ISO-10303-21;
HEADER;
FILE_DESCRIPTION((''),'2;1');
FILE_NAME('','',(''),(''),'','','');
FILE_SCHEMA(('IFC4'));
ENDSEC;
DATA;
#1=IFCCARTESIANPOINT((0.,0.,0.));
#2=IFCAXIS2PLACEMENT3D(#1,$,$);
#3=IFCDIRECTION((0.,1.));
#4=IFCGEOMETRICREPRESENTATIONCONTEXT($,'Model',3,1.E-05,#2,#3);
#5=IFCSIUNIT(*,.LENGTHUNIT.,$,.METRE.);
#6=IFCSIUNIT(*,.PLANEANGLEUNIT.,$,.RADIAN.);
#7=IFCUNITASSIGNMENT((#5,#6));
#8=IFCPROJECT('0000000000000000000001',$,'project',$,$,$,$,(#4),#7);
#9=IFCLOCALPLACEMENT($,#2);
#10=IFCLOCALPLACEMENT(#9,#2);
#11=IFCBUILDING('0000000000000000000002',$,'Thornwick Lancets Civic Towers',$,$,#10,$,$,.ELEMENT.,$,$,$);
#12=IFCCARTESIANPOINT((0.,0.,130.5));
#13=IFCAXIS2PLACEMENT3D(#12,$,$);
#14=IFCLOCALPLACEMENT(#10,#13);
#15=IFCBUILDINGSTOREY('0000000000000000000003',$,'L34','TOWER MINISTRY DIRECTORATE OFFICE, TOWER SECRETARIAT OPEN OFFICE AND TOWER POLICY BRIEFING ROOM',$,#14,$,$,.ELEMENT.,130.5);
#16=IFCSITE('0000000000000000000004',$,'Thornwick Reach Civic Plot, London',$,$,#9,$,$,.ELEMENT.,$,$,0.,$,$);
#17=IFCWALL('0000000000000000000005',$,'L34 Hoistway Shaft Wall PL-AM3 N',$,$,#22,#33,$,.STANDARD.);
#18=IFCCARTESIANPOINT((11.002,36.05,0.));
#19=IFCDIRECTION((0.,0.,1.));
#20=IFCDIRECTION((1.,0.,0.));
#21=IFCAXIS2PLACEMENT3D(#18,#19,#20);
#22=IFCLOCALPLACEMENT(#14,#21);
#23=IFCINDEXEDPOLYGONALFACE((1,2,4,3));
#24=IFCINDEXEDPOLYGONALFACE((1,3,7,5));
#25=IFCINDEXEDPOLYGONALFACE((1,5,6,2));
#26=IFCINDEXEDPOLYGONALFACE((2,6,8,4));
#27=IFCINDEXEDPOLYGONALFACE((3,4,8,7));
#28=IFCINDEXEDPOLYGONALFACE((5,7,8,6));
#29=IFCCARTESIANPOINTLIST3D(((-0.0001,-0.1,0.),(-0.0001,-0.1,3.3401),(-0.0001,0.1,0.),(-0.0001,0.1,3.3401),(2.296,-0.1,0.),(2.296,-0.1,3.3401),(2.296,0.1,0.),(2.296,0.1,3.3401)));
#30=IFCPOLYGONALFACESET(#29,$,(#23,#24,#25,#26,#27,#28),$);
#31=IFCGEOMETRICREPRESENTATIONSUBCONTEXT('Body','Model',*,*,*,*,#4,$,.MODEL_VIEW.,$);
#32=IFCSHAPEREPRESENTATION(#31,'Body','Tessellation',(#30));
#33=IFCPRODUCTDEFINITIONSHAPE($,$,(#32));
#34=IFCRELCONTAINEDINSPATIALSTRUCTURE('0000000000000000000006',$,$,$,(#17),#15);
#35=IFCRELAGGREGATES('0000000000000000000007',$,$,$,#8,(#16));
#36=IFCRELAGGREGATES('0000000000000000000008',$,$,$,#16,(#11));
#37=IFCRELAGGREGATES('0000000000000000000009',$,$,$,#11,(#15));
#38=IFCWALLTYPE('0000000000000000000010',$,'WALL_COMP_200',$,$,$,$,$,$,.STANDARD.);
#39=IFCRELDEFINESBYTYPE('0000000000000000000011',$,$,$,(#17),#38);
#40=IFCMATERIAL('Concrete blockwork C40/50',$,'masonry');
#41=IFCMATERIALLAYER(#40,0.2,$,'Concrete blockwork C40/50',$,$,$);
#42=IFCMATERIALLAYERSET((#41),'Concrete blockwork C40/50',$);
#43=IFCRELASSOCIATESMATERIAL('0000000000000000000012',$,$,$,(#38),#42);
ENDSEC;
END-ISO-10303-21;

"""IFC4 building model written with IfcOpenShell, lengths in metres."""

from ifc_helpers import new_model, si_unit, direction, frame, frame_2d, origin, place, context, subcontext, project, spatial, rectangle, extrude, material, layer, layer_set, type_object, element, save


model = new_model("IFC4")

# Units and contexts
model_context = context("Model", 3, precision=1e-05, world=origin(), true_north=direction((0.0, 1.0)))
body_context = subcontext(model_context, "Body", "Model", "MODEL_VIEW")
ifc_project = project(units=[si_unit("LENGTHUNIT", "METRE"), si_unit("PLANEANGLEUNIT", "RADIAN")], contexts=[model_context])

# Site, building, storey
site_placement = place(None, origin())
site = spatial("IfcSite", under=ifc_project, at=site_placement, Name="Thornwick Reach Civic Plot, London", CompositionType="ELEMENT", RefElevation=0.0)
building_placement = place(site_placement, origin())
building = spatial("IfcBuilding", under=site, at=building_placement, Name="Thornwick Lancets Civic Towers", CompositionType="ELEMENT")
storey_placement = place(building_placement, frame((0.0, 0.0, 130.5)))
storey = spatial("IfcBuildingStorey", under=building, at=storey_placement, Name="L34", Description="TOWER MINISTRY DIRECTORATE OFFICE, TOWER SECRETARIAT OPEN OFFICE AND TOWER POLICY BRIEFING ROOM", CompositionType="ELEMENT", Elevation=130.5)

# Wall
ifc_material_1 = material(Name="Concrete blockwork C40/50", Category="masonry")
ifc_layer_1 = layer(ifc_material_1, 0.2, Name="Concrete blockwork C40/50")
ifc_layer_set_1 = layer_set([ifc_layer_1], Name="Concrete blockwork C40/50")
wall_type_1 = type_object("IfcWallType", Name="WALL_COMP_200", PredefinedType="STANDARD", material=ifc_layer_set_1)
wall_1_placement = place(storey_placement, frame((11.002, 36.05, 0.0), z_axis=(0.0, 0.0, 1.0), x_axis=(1.0, 0.0, 0.0)))
element("IfcWall", 1, at=wall_1_placement, inside=storey, type_object=wall_type_1, Name="L34 Hoistway Shaft Wall PL-AM3 N", PredefinedType="STANDARD", context=body_context, shape_type="SweptSolid", body=[
    extrude(rectangle(XDim=2.2961, YDim=0.2, at=frame_2d((1.1479, 0.0))), origin(), (0.0, 0.0, 1.0), 3.3401),
])

save(model, "model.ifc")
